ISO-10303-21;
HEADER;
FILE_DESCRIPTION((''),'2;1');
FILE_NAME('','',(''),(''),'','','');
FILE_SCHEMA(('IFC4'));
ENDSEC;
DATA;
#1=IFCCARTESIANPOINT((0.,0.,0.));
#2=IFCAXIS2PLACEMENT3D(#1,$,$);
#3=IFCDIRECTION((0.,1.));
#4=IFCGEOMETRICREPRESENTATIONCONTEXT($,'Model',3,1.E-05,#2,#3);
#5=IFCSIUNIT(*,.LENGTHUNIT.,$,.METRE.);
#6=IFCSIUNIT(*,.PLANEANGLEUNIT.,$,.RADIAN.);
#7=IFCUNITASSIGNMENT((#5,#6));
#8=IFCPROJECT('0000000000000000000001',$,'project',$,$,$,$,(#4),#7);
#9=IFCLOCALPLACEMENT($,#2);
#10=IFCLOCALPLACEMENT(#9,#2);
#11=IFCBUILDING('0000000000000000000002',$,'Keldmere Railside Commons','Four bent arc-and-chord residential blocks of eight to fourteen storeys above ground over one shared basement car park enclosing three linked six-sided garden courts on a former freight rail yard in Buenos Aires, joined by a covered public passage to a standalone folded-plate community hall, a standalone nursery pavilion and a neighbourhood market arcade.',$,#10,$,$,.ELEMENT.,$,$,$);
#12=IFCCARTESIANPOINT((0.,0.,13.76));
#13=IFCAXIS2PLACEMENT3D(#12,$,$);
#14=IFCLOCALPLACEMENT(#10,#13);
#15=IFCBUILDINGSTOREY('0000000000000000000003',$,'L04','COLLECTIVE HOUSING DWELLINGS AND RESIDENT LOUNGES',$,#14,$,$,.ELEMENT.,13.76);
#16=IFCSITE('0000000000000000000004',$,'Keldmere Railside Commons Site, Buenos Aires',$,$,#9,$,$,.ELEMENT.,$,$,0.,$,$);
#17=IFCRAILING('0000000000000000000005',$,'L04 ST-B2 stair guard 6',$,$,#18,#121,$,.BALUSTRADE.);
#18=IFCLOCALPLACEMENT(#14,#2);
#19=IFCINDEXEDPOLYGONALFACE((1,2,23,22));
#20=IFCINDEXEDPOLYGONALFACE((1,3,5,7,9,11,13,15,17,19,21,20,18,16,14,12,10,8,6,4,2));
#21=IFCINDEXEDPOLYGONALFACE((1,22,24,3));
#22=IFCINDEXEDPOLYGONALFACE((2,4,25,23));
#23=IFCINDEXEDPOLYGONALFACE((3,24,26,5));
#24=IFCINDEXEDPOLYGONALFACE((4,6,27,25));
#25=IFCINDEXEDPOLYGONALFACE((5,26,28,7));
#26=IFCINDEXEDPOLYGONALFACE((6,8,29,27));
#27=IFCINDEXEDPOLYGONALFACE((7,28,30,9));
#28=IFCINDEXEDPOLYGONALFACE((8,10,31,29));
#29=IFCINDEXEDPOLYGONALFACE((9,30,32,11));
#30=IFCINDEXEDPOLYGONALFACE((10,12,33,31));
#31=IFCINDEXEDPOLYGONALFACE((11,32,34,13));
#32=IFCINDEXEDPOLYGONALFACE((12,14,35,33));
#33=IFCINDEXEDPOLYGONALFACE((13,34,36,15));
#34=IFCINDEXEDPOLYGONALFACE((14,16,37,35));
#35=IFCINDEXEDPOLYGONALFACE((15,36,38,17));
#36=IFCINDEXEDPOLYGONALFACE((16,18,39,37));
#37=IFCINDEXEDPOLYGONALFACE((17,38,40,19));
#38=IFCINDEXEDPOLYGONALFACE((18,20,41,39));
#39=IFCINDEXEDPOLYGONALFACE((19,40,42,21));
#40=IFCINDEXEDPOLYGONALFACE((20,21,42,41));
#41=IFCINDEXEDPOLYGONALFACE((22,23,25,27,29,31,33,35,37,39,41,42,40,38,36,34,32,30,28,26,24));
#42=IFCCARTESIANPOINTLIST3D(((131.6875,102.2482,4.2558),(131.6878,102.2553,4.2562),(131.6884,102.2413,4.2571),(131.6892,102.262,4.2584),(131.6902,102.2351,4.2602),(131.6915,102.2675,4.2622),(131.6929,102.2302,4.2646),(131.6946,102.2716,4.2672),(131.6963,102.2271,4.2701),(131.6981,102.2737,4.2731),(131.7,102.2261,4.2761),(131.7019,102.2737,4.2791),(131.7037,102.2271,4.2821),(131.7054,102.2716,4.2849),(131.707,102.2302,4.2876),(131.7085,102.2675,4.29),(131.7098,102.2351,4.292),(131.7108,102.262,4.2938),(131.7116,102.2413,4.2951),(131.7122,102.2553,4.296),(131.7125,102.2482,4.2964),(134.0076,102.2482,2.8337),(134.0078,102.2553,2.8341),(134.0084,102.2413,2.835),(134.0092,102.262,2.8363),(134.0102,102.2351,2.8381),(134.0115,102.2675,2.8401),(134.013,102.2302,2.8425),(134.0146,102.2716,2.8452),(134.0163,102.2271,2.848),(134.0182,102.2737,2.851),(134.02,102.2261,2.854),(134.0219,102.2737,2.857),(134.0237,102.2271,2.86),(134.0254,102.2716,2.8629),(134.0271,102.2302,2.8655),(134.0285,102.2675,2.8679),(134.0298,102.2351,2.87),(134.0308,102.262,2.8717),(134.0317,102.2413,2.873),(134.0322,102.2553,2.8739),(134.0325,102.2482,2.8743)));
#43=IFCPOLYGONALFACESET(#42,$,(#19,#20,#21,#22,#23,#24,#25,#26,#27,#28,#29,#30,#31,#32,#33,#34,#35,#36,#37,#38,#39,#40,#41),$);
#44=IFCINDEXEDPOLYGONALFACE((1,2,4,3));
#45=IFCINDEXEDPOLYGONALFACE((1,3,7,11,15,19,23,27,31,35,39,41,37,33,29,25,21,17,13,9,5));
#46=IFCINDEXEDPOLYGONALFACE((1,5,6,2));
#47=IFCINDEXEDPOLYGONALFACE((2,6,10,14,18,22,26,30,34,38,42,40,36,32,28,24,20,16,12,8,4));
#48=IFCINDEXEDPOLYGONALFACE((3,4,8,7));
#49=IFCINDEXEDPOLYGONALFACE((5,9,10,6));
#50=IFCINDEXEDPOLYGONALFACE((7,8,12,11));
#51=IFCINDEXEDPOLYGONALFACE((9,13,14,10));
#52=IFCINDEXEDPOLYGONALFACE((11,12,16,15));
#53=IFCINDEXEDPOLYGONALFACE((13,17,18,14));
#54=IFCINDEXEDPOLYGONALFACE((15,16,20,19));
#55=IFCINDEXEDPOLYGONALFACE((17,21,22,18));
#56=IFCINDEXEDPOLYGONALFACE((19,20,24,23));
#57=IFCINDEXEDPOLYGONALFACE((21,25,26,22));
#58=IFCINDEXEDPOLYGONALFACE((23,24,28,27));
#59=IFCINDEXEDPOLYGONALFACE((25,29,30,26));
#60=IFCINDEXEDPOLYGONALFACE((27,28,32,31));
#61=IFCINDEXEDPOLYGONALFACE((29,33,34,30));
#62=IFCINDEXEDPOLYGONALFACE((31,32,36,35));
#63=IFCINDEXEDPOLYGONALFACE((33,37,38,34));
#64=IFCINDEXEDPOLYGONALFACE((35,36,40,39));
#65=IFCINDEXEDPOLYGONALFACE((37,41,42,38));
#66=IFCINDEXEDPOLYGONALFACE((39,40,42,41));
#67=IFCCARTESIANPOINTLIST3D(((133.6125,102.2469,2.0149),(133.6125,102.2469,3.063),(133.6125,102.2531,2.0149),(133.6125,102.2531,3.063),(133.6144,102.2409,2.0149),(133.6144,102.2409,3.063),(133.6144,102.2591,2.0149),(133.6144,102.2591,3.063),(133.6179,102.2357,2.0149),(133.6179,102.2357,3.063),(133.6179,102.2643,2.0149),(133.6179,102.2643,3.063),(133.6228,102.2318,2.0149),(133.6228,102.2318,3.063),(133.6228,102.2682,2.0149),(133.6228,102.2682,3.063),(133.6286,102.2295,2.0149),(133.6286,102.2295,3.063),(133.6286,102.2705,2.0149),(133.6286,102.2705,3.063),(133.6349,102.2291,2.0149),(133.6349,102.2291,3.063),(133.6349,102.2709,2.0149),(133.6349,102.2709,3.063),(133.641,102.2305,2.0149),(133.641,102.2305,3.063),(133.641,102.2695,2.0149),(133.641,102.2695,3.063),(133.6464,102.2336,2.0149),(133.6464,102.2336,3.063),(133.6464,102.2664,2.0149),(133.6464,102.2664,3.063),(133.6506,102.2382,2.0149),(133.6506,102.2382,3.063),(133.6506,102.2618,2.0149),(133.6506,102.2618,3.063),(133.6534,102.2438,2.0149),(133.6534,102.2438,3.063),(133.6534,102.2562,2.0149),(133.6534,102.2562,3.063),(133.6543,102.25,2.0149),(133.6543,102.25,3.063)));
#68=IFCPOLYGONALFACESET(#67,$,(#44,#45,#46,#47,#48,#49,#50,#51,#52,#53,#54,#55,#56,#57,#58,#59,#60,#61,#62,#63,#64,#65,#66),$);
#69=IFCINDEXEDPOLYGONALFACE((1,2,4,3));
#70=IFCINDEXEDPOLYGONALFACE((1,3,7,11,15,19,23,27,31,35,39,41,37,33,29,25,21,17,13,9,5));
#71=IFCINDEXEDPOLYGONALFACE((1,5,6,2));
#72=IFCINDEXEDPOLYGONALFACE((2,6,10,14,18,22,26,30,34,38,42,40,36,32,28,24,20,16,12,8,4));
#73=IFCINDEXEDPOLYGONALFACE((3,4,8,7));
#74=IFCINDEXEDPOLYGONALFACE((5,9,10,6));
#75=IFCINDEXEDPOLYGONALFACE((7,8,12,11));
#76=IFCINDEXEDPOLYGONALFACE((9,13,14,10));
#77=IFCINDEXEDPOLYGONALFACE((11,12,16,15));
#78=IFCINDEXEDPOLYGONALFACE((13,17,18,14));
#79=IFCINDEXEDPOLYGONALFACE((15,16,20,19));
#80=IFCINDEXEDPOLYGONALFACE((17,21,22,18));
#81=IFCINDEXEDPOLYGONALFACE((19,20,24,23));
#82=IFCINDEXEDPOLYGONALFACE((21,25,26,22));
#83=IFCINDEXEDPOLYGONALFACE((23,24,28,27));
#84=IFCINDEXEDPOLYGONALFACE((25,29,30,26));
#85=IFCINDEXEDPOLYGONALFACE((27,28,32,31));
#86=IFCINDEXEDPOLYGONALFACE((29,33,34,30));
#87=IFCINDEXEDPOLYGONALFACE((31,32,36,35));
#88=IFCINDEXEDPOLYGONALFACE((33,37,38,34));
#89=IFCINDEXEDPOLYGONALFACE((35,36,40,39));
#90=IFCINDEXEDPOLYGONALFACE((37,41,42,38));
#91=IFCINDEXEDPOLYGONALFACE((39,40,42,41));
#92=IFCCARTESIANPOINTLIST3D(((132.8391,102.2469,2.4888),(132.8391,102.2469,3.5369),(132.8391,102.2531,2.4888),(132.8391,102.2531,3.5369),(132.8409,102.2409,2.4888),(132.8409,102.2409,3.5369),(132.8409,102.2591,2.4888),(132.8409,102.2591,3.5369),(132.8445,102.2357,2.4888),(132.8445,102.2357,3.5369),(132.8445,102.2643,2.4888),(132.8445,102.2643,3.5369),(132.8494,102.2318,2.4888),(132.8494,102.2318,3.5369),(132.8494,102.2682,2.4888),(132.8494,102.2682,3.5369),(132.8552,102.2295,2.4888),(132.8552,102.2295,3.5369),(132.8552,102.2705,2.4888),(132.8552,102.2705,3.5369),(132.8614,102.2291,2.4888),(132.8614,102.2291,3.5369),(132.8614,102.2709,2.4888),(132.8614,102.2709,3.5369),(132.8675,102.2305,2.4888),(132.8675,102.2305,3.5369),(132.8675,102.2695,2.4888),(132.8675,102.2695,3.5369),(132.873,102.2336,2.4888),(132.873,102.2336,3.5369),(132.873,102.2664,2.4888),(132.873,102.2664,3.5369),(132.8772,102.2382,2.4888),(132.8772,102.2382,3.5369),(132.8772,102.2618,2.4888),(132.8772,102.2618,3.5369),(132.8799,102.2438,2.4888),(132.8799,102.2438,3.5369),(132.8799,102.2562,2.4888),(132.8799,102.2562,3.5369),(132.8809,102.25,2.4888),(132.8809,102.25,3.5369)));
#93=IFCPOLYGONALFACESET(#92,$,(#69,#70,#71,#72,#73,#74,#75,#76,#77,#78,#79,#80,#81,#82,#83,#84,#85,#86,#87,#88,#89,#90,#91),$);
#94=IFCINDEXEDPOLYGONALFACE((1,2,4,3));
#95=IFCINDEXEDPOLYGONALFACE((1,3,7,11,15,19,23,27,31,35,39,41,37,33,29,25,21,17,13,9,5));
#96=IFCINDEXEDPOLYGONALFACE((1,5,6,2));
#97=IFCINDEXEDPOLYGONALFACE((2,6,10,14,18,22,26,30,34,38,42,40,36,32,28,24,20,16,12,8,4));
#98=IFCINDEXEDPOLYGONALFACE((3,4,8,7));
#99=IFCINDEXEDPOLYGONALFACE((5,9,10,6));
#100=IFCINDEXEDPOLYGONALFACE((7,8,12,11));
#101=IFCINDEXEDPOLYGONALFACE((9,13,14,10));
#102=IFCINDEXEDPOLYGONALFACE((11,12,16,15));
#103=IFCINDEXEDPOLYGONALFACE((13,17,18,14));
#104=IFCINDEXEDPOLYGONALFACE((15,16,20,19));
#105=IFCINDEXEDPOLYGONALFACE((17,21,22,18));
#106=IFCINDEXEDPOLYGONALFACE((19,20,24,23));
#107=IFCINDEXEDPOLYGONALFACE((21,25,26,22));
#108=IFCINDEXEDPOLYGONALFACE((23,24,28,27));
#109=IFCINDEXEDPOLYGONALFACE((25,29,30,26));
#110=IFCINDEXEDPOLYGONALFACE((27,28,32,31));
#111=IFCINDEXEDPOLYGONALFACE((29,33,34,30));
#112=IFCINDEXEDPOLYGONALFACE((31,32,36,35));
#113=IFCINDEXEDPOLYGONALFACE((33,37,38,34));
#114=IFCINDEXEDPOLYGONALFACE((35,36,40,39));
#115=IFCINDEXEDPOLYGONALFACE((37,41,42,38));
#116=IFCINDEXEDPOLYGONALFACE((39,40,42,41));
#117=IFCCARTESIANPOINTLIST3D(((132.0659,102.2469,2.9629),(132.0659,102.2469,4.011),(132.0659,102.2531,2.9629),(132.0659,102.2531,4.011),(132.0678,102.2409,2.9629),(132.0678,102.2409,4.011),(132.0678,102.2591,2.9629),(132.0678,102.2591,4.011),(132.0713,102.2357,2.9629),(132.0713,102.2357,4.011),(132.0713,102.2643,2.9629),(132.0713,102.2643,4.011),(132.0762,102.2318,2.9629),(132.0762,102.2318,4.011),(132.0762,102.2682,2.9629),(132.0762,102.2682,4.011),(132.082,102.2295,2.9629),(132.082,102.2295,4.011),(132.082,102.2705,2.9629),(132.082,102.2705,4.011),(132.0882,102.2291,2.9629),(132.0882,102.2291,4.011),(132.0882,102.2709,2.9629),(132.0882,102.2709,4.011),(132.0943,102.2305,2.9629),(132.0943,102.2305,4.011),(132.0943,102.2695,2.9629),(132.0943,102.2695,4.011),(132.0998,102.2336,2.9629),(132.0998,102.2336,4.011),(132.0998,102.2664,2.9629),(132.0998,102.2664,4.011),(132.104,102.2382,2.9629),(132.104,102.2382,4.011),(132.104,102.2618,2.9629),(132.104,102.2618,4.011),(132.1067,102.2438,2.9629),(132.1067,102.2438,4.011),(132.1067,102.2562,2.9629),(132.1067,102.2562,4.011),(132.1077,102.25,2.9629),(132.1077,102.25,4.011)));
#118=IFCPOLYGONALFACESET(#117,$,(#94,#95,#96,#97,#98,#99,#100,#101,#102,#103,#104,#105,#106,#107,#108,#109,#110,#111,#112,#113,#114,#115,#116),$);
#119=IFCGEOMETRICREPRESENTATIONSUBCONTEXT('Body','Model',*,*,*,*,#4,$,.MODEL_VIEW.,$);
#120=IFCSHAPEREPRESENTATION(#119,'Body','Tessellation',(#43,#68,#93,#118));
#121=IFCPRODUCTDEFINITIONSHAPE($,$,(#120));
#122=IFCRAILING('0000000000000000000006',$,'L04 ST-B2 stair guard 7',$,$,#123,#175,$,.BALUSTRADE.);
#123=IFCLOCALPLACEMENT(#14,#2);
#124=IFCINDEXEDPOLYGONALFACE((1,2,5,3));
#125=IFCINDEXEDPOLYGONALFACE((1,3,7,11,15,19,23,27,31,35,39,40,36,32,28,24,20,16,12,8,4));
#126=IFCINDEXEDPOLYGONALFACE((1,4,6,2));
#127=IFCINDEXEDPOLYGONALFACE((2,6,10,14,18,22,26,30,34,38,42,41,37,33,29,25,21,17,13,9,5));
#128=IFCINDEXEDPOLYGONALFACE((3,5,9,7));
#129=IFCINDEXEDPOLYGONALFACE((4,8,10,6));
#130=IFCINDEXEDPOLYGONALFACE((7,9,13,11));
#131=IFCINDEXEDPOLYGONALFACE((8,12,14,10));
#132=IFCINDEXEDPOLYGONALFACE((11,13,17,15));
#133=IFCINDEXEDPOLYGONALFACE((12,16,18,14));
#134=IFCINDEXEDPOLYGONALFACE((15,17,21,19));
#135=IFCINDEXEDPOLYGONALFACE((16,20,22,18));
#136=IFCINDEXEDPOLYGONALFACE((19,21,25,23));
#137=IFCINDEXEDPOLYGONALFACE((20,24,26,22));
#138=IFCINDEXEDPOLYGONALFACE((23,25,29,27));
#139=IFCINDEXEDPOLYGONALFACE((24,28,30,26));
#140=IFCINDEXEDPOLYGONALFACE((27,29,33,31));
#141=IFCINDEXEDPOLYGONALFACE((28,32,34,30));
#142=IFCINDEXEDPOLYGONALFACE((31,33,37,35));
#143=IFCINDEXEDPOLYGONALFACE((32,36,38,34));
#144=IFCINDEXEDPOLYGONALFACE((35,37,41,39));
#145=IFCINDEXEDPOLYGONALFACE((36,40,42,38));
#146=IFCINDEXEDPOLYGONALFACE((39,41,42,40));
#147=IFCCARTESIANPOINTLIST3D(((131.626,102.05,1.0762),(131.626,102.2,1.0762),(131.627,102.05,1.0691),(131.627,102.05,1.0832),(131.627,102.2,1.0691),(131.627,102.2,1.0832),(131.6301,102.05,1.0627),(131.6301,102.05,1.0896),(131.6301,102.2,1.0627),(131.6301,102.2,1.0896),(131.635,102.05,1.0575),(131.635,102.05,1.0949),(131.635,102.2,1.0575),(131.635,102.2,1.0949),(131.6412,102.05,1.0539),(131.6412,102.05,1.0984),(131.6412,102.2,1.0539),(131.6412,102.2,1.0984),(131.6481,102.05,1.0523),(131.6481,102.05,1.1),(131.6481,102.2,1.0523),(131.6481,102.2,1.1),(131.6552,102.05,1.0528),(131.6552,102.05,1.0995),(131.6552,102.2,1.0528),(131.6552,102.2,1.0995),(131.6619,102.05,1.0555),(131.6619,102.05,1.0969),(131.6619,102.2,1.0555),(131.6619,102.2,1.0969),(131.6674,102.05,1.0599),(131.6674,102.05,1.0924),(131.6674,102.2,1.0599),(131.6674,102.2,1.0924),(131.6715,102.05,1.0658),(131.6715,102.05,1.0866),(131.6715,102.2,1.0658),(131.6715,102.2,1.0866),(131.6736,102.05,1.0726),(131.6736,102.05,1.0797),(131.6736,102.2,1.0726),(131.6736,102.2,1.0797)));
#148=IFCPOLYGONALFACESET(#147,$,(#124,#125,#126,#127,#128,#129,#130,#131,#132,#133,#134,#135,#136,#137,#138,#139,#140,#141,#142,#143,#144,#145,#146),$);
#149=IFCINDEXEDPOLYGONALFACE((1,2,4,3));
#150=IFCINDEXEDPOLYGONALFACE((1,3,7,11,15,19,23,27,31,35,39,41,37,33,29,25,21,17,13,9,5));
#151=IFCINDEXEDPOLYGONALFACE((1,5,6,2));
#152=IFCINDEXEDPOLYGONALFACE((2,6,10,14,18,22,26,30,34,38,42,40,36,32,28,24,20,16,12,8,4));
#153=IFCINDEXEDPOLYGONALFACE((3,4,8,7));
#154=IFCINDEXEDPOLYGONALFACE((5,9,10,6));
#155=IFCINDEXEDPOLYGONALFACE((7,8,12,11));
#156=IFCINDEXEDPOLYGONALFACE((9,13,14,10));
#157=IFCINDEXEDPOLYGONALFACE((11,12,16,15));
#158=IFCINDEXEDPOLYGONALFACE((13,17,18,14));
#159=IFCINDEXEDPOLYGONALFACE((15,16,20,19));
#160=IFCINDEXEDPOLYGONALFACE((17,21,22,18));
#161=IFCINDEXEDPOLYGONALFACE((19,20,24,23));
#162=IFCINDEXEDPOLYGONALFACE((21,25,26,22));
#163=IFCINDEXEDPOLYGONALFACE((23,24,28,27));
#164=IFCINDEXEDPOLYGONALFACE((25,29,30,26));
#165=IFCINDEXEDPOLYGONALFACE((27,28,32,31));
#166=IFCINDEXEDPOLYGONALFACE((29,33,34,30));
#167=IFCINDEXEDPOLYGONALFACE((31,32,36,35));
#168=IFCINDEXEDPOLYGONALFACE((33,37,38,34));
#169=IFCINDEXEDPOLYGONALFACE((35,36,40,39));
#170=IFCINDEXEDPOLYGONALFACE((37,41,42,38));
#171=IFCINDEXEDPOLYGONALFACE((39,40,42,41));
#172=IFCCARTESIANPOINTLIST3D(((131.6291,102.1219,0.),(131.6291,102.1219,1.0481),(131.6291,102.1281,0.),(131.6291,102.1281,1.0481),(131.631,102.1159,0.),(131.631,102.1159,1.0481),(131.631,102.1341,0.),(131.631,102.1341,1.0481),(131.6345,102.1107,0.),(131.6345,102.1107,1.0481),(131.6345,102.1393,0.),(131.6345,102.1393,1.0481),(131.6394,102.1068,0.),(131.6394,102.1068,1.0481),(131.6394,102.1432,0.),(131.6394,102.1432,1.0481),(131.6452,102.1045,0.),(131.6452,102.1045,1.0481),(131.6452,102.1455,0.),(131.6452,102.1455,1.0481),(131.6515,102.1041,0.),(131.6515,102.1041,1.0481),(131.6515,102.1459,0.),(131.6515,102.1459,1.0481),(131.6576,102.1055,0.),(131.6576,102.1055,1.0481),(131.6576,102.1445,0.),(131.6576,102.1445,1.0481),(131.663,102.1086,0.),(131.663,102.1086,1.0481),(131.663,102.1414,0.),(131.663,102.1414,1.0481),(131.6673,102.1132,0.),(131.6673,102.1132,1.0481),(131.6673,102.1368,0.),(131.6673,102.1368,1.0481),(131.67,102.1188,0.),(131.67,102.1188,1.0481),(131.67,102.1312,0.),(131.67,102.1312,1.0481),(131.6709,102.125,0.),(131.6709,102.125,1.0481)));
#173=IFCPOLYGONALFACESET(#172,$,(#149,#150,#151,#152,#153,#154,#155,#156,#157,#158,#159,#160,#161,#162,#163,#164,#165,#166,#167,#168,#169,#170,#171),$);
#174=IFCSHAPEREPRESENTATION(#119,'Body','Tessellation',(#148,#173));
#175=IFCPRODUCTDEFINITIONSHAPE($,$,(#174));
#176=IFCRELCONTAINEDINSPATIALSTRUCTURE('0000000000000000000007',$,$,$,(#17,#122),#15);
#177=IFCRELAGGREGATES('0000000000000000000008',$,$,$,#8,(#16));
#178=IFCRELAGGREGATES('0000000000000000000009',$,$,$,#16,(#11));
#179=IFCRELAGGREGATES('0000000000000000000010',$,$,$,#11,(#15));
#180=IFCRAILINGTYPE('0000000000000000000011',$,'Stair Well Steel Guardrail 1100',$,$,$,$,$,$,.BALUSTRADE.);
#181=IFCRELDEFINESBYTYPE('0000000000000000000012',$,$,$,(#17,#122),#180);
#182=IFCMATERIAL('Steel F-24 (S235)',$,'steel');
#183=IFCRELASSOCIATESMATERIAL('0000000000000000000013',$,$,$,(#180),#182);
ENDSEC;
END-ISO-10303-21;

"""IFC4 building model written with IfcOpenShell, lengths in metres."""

from ifc_helpers import new_model, si_unit, direction, frame, origin, origin_2d, place, context, subcontext, project, spatial, circle, extrude, material, type_object, element, save


model = new_model("IFC4")

# Units and contexts
model_context = context("Model", 3, precision=1e-05, world=origin(), true_north=direction((0.0, 1.0)))
body_context = subcontext(model_context, "Body", "Model", "MODEL_VIEW")
ifc_project = project(units=[si_unit("LENGTHUNIT", "METRE"), si_unit("PLANEANGLEUNIT", "RADIAN")], contexts=[model_context])

# Site, building, storey
site_placement = place(None, origin())
site = spatial("IfcSite", under=ifc_project, at=site_placement, Name="Keldmere Railside Commons Site, Buenos Aires", CompositionType="ELEMENT", RefElevation=0.0)
building_placement = place(site_placement, origin())
building = spatial("IfcBuilding", under=site, at=building_placement, Name="Keldmere Railside Commons", Description="Four bent arc-and-chord residential blocks of eight to fourteen storeys above ground over one shared basement car park enclosing three linked six-sided garden courts on a former freight rail yard in Buenos Aires, joined by a covered public passage to a standalone folded-plate community hall, a standalone nursery pavilion and a neighbourhood market arcade.", CompositionType="ELEMENT")
storey_placement = place(building_placement, frame((0.0, 0.0, 13.76)))
storey = spatial("IfcBuildingStorey", under=building, at=storey_placement, Name="L04", Description="COLLECTIVE HOUSING DWELLINGS AND RESIDENT LOUNGES", CompositionType="ELEMENT", Elevation=13.76)

# Railings
ifc_material_1 = material(Name="Steel F-24 (S235)", Category="steel")
railing_type_1 = type_object("IfcRailingType", Name="Stair Well Steel Guardrail 1100", PredefinedType="BALUSTRADE", material=ifc_material_1)
railing_1_placement = place(storey_placement, frame((134.02, 102.25, 1.7778)))
element("IfcRailing", 1, at=railing_1_placement, inside=storey, type_object=railing_type_1, Name="L04 ST-B2 stair guard 6", PredefinedType="BALUSTRADE", context=body_context, shape_type="SweptSolid", body=[
    extrude(circle(Radius=0.0239, at=origin_2d()), frame((0.0, 0.0, 1.0762), z_axis=(-0.852578, 0.0, 0.5226), x_axis=(0.0, -1.0, 0.0)), (0.0, 0.0, 1.0), 2.7212),
    extrude(circle(Radius=0.021, at=origin_2d()), frame((-0.3867, 0.0, 0.2371)), (0.0, 0.0, 1.0), 1.0481),
    extrude(circle(Radius=0.021, at=origin_2d()), frame((-1.1602, 0.0, 0.7109)), (0.0, 0.0, 1.0), 1.0481),
    extrude(circle(Radius=0.021, at=origin_2d()), frame((-1.9333, 0.0, 1.1851)), (0.0, 0.0, 1.0), 1.0481),
])
railing_2_placement = place(storey_placement, frame((131.6499, 102.05, 0.0)))
element("IfcRailing", 2, at=railing_2_placement, inside=storey, type_object=railing_type_1, Name="L04 ST-B2 stair guard 7", PredefinedType="BALUSTRADE", context=body_context, shape_type="SweptSolid", body=[
    extrude(circle(Radius=0.0239, at=origin_2d()), frame((0.0, 0.0, 1.0762), z_axis=(0.0, 1.0, 0.0), x_axis=(-1.0, 0.0, 0.0)), (0.0, 0.0, 1.0), 0.1499),
    extrude(circle(Radius=0.021, at=origin_2d()), frame((0.0, 0.075, 0.0)), (0.0, 0.0, 1.0), 1.0481),
])

save(model, "model.ifc")
